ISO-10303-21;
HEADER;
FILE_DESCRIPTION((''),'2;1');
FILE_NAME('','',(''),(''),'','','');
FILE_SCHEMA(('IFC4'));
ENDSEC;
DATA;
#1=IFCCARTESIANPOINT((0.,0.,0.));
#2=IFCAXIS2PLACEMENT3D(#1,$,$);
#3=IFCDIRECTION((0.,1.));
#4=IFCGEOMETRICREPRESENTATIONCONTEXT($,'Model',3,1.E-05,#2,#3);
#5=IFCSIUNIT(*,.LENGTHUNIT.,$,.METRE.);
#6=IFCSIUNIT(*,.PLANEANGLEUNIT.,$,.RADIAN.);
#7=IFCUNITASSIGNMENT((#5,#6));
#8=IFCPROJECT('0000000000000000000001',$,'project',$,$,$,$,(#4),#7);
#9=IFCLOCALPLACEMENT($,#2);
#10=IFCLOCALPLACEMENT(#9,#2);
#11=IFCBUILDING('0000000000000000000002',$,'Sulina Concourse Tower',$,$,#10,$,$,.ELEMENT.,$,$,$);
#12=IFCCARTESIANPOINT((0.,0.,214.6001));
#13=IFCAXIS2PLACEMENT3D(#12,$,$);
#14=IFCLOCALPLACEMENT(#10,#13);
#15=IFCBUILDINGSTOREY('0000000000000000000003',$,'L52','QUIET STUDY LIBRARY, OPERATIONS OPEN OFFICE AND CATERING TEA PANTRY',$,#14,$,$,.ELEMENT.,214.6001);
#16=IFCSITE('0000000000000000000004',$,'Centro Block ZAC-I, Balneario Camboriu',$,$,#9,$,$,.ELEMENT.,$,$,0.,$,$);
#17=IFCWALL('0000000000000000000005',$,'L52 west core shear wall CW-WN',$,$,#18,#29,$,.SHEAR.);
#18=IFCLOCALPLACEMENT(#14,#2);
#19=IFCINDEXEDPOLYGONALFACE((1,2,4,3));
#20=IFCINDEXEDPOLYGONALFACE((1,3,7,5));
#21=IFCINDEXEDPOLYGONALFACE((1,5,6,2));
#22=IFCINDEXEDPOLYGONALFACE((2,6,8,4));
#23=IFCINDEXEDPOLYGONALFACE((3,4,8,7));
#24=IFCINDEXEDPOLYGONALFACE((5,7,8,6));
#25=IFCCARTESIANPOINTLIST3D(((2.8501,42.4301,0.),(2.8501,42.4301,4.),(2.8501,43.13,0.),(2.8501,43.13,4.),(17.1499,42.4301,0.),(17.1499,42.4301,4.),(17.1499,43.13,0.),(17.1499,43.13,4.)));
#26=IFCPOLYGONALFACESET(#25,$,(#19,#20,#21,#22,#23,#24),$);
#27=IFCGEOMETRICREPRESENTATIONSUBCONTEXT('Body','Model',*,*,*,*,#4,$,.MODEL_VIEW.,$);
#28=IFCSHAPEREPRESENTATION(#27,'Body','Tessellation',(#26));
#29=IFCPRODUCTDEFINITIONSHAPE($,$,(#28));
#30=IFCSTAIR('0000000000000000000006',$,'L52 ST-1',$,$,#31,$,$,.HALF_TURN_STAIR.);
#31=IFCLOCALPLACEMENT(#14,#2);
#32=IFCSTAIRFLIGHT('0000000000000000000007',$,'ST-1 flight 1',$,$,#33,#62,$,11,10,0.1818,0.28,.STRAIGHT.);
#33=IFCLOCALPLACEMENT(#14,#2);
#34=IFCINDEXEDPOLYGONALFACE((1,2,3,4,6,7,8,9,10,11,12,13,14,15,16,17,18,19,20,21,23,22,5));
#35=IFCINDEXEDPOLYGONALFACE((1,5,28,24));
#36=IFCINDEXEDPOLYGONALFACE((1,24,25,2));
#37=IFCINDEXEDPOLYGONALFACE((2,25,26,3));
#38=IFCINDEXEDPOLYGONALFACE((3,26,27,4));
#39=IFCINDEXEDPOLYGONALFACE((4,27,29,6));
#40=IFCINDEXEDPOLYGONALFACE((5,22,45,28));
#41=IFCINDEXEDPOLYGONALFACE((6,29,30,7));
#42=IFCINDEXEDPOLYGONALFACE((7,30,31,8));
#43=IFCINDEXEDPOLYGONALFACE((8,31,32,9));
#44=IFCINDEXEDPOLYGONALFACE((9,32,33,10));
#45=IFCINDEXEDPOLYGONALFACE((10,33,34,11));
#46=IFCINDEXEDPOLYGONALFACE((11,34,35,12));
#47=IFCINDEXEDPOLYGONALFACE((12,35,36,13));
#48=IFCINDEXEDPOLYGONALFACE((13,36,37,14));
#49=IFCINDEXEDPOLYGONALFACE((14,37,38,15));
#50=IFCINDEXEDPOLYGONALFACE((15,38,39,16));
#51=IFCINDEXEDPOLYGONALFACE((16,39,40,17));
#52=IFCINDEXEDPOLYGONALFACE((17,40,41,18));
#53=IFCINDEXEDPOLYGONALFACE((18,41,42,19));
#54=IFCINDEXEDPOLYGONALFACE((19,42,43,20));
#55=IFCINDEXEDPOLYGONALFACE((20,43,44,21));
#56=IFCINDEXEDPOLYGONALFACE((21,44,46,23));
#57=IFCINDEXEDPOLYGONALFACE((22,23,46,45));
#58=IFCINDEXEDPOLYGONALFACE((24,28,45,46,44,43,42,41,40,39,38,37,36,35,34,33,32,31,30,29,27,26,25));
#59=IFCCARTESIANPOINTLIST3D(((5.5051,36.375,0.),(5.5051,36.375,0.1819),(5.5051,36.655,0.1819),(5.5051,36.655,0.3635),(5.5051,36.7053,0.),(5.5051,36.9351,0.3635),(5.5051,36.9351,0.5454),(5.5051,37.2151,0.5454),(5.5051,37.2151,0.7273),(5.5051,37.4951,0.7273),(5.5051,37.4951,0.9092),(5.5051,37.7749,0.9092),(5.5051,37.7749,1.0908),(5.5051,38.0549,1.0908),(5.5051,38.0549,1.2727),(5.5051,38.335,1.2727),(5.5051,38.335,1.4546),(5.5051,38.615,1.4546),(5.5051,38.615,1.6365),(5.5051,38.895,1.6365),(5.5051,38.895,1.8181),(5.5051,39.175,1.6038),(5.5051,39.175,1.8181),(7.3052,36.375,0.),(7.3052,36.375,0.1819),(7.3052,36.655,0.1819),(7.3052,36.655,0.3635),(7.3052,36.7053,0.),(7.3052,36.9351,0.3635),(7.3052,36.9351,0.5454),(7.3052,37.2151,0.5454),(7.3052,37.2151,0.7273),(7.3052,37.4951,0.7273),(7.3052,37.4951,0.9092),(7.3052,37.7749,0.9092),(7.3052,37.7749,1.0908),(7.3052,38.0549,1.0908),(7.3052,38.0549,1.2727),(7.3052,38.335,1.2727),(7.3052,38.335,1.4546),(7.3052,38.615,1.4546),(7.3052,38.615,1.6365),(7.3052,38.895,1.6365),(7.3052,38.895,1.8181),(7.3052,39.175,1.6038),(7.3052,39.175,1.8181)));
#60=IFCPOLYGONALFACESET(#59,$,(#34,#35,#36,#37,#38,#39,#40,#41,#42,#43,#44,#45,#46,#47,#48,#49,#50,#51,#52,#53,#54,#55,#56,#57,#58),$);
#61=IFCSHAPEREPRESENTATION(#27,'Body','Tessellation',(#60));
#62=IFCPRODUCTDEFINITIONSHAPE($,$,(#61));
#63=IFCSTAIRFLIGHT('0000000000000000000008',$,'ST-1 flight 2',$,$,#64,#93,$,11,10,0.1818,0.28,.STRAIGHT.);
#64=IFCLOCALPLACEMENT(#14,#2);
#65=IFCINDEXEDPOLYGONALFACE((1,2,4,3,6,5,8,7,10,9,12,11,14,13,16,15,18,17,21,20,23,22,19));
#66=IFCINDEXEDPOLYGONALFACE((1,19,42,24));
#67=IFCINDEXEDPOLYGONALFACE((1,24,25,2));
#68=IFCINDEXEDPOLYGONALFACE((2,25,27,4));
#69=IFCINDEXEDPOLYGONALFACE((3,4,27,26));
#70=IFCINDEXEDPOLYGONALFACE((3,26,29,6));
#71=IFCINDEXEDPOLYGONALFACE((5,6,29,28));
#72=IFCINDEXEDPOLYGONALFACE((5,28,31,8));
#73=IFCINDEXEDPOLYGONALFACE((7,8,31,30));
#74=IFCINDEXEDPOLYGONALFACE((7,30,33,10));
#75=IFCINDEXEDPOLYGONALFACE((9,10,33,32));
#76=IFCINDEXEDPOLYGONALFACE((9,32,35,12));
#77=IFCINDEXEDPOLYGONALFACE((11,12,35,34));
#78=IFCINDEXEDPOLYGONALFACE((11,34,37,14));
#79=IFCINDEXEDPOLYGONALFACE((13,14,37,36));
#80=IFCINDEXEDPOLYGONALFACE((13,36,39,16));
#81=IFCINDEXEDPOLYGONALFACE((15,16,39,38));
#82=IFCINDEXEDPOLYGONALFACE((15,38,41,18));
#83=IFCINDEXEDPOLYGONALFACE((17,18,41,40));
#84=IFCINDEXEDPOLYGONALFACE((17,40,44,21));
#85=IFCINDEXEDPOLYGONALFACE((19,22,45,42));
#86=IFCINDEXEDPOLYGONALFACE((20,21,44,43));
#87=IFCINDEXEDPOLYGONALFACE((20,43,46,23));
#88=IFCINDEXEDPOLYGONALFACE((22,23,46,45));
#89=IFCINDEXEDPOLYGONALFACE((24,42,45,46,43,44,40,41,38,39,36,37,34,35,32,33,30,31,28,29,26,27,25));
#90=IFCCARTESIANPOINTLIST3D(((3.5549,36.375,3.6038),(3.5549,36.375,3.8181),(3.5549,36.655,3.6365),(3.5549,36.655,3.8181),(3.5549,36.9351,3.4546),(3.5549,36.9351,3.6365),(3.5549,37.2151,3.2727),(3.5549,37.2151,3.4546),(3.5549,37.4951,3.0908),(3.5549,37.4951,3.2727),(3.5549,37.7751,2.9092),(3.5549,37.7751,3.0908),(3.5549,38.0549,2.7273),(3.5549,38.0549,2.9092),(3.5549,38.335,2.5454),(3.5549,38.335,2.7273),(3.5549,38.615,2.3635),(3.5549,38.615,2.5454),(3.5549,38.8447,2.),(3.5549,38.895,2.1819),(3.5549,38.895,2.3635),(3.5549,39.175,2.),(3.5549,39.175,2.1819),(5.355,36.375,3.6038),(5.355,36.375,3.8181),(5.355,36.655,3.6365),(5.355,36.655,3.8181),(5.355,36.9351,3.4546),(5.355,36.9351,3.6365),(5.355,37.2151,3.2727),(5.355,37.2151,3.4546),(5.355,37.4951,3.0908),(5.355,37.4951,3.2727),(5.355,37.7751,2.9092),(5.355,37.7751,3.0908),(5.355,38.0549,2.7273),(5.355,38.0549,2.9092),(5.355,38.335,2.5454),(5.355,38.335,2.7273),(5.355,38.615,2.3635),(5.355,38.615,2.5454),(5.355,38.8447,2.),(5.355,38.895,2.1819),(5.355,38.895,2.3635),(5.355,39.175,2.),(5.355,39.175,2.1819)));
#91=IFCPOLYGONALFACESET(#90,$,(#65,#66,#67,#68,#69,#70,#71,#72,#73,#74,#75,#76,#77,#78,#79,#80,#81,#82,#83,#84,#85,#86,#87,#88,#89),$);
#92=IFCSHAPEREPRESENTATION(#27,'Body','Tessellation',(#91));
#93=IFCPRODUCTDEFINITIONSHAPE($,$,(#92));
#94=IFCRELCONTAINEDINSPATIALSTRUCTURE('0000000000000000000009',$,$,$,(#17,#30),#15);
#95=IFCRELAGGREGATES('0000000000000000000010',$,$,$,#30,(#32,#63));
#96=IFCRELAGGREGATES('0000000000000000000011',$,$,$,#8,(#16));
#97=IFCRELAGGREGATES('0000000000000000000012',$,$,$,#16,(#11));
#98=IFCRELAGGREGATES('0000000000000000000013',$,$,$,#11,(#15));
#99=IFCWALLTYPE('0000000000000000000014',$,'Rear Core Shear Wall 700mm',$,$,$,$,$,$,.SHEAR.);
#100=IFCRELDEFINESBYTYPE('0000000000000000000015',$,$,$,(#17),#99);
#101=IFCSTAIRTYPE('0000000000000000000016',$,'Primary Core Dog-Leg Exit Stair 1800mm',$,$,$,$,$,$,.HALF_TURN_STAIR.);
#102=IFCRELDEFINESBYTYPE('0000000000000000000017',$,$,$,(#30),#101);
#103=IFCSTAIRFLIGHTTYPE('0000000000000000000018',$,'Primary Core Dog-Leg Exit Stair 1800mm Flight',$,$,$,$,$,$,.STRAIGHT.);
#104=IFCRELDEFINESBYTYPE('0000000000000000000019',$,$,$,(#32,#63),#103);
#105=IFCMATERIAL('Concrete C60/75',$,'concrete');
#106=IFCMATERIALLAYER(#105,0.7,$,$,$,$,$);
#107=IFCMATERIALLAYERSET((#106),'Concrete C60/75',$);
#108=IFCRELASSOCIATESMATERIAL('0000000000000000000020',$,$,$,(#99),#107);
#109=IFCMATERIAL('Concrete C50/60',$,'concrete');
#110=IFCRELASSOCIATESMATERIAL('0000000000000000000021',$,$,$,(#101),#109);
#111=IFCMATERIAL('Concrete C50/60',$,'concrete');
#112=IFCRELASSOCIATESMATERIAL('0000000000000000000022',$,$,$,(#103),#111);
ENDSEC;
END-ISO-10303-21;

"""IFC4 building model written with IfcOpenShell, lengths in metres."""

from ifc_helpers import new_model, si_unit, direction, frame, frame_2d, origin, place, context, subcontext, project, spatial, polyline, rectangle, outline, extrude, material, layer, layer_set, type_object, element, aggregate, save


model = new_model("IFC4")

# Units and contexts
model_context = context("Model", 3, precision=1e-05, world=origin(), true_north=direction((0.0, 1.0)))
body_context = subcontext(model_context, "Body", "Model", "MODEL_VIEW")
ifc_project = project(units=[si_unit("LENGTHUNIT", "METRE"), si_unit("PLANEANGLEUNIT", "RADIAN")], contexts=[model_context])

# Site, building, storey
site_placement = place(None, origin())
site = spatial("IfcSite", under=ifc_project, at=site_placement, Name="Centro Block ZAC-I, Balneario Camboriu", CompositionType="ELEMENT", RefElevation=0.0)
building_placement = place(site_placement, origin())
building = spatial("IfcBuilding", under=site, at=building_placement, Name="Sulina Concourse Tower", CompositionType="ELEMENT")
storey_placement = place(building_placement, frame((0.0, 0.0, 214.6001)))
storey = spatial("IfcBuildingStorey", under=building, at=storey_placement, Name="L52", Description="QUIET STUDY LIBRARY, OPERATIONS OPEN OFFICE AND CATERING TEA PANTRY", CompositionType="ELEMENT", Elevation=214.6001)

# Wall
ifc_material_1 = material(Name="Concrete C60/75", Category="concrete")
ifc_layer_1 = layer(ifc_material_1, 0.7)
ifc_layer_set_1 = layer_set([ifc_layer_1], Name="Concrete C60/75")
wall_type_1 = type_object("IfcWallType", Name="Rear Core Shear Wall 700mm", PredefinedType="SHEAR", material=ifc_layer_set_1)
wall_1_placement = place(storey_placement, frame((2.8501, 42.78, 0.0), z_axis=(0.0, 0.0, 1.0), x_axis=(1.0, 0.0, 0.0)))
element("IfcWall", 1, at=wall_1_placement, inside=storey, type_object=wall_type_1, Name="L52 west core shear wall CW-WN", PredefinedType="SHEAR", context=body_context, shape_type="SweptSolid", body=[
    extrude(rectangle(XDim=14.2998, YDim=0.7, at=frame_2d((7.1499, 0.0))), origin(), (0.0, 0.0, 1.0), 4.0),
])

# Stair, stair flights
ifc_material_2 = material(Name="Concrete C50/60", Category="concrete")
stair_type = type_object("IfcStairType", Name="Primary Core Dog-Leg Exit Stair 1800mm", PredefinedType="HALF_TURN_STAIR", material=ifc_material_2)
stair_placement = place(storey_placement, origin())
stair = element("IfcStair", 2, at=stair_placement, inside=storey, type_object=stair_type, Name="L52 ST-1", PredefinedType="HALF_TURN_STAIR")
ifc_material_3 = material(Name="Concrete C50/60", Category="concrete")
stair_flight_type = type_object("IfcStairFlightType", Name="Primary Core Dog-Leg Exit Stair 1800mm Flight", PredefinedType="STRAIGHT", material=ifc_material_3)
stair_flight_1_placement = place(storey_placement, frame((6.405, 36.375, 0.0), z_axis=(0.0, 0.0, 1.0), x_axis=(0.0, 1.0, 0.0)))
stair_flight_1 = element("IfcStairFlight", 3, at=stair_flight_1_placement, type_object=stair_flight_type, Name="ST-1 flight 1", NumberOfRisers=11, NumberOfTreads=10, PredefinedType="STRAIGHT", RiserHeight=0.1818, TreadLength=0.28, context=body_context, shape_type="SweptSolid", body=[
    extrude(outline(polyline([(0.0, 0.0), (0.0, 0.1819), (0.28, 0.1819), (0.28, 0.3635), (0.5601, 0.3635), (0.5601, 0.5454), (0.8401, 0.5454), (0.8401, 0.7273), (1.1201, 0.7273), (1.1201, 0.9092), (1.3999, 0.9092), (1.3999, 1.0908), (1.6799, 1.0908), (1.6799, 1.2727), (1.96, 1.2727), (1.96, 1.4546), (2.24, 1.4546), (2.24, 1.6365), (2.52, 1.6365), (2.52, 1.8181), (2.8, 1.8181), (2.8, 2.0), (2.8, 1.6038), (0.3303, 0.0), (0.0, 0.0)])), frame((0.0, 0.8999, 0.0), z_axis=(0.0, -1.0, 0.0), x_axis=(1.0, 0.0, 0.0)), (0.0, 0.0, 1.0), 1.8),
])
stair_flight_2_placement = place(storey_placement, frame((4.4551, 39.175, 2.0), z_axis=(0.0, 0.0, 1.0), x_axis=(0.0, -1.0, 0.0)))
stair_flight_2 = element("IfcStairFlight", 4, at=stair_flight_2_placement, type_object=stair_flight_type, Name="ST-1 flight 2", NumberOfRisers=11, NumberOfTreads=10, PredefinedType="STRAIGHT", RiserHeight=0.1818, TreadLength=0.28, context=body_context, shape_type="SweptSolid", body=[
    extrude(outline(polyline([(0.0, 0.0), (0.0, 0.1819), (0.28, 0.1819), (0.28, 0.3635), (0.5601, 0.3635), (0.5601, 0.5454), (0.8401, 0.5454), (0.8401, 0.7273), (1.1201, 0.7273), (1.1201, 0.9092), (1.3999, 0.9092), (1.3999, 1.0908), (1.6799, 1.0908), (1.6799, 1.2727), (1.96, 1.2727), (1.96, 1.4546), (2.24, 1.4546), (2.24, 1.6365), (2.52, 1.6365), (2.52, 1.8181), (2.8, 1.8181), (2.8, 2.0), (2.8, 1.6038), (0.3303, 0.0), (0.0, 0.0)])), frame((0.0, 0.8999, 0.0), z_axis=(0.0, -1.0, 0.0), x_axis=(1.0, 0.0, 0.0)), (0.0, 0.0, 1.0), 1.8),
])
aggregate(stair, [stair_flight_1, stair_flight_2])

save(model, "model.ifc")
